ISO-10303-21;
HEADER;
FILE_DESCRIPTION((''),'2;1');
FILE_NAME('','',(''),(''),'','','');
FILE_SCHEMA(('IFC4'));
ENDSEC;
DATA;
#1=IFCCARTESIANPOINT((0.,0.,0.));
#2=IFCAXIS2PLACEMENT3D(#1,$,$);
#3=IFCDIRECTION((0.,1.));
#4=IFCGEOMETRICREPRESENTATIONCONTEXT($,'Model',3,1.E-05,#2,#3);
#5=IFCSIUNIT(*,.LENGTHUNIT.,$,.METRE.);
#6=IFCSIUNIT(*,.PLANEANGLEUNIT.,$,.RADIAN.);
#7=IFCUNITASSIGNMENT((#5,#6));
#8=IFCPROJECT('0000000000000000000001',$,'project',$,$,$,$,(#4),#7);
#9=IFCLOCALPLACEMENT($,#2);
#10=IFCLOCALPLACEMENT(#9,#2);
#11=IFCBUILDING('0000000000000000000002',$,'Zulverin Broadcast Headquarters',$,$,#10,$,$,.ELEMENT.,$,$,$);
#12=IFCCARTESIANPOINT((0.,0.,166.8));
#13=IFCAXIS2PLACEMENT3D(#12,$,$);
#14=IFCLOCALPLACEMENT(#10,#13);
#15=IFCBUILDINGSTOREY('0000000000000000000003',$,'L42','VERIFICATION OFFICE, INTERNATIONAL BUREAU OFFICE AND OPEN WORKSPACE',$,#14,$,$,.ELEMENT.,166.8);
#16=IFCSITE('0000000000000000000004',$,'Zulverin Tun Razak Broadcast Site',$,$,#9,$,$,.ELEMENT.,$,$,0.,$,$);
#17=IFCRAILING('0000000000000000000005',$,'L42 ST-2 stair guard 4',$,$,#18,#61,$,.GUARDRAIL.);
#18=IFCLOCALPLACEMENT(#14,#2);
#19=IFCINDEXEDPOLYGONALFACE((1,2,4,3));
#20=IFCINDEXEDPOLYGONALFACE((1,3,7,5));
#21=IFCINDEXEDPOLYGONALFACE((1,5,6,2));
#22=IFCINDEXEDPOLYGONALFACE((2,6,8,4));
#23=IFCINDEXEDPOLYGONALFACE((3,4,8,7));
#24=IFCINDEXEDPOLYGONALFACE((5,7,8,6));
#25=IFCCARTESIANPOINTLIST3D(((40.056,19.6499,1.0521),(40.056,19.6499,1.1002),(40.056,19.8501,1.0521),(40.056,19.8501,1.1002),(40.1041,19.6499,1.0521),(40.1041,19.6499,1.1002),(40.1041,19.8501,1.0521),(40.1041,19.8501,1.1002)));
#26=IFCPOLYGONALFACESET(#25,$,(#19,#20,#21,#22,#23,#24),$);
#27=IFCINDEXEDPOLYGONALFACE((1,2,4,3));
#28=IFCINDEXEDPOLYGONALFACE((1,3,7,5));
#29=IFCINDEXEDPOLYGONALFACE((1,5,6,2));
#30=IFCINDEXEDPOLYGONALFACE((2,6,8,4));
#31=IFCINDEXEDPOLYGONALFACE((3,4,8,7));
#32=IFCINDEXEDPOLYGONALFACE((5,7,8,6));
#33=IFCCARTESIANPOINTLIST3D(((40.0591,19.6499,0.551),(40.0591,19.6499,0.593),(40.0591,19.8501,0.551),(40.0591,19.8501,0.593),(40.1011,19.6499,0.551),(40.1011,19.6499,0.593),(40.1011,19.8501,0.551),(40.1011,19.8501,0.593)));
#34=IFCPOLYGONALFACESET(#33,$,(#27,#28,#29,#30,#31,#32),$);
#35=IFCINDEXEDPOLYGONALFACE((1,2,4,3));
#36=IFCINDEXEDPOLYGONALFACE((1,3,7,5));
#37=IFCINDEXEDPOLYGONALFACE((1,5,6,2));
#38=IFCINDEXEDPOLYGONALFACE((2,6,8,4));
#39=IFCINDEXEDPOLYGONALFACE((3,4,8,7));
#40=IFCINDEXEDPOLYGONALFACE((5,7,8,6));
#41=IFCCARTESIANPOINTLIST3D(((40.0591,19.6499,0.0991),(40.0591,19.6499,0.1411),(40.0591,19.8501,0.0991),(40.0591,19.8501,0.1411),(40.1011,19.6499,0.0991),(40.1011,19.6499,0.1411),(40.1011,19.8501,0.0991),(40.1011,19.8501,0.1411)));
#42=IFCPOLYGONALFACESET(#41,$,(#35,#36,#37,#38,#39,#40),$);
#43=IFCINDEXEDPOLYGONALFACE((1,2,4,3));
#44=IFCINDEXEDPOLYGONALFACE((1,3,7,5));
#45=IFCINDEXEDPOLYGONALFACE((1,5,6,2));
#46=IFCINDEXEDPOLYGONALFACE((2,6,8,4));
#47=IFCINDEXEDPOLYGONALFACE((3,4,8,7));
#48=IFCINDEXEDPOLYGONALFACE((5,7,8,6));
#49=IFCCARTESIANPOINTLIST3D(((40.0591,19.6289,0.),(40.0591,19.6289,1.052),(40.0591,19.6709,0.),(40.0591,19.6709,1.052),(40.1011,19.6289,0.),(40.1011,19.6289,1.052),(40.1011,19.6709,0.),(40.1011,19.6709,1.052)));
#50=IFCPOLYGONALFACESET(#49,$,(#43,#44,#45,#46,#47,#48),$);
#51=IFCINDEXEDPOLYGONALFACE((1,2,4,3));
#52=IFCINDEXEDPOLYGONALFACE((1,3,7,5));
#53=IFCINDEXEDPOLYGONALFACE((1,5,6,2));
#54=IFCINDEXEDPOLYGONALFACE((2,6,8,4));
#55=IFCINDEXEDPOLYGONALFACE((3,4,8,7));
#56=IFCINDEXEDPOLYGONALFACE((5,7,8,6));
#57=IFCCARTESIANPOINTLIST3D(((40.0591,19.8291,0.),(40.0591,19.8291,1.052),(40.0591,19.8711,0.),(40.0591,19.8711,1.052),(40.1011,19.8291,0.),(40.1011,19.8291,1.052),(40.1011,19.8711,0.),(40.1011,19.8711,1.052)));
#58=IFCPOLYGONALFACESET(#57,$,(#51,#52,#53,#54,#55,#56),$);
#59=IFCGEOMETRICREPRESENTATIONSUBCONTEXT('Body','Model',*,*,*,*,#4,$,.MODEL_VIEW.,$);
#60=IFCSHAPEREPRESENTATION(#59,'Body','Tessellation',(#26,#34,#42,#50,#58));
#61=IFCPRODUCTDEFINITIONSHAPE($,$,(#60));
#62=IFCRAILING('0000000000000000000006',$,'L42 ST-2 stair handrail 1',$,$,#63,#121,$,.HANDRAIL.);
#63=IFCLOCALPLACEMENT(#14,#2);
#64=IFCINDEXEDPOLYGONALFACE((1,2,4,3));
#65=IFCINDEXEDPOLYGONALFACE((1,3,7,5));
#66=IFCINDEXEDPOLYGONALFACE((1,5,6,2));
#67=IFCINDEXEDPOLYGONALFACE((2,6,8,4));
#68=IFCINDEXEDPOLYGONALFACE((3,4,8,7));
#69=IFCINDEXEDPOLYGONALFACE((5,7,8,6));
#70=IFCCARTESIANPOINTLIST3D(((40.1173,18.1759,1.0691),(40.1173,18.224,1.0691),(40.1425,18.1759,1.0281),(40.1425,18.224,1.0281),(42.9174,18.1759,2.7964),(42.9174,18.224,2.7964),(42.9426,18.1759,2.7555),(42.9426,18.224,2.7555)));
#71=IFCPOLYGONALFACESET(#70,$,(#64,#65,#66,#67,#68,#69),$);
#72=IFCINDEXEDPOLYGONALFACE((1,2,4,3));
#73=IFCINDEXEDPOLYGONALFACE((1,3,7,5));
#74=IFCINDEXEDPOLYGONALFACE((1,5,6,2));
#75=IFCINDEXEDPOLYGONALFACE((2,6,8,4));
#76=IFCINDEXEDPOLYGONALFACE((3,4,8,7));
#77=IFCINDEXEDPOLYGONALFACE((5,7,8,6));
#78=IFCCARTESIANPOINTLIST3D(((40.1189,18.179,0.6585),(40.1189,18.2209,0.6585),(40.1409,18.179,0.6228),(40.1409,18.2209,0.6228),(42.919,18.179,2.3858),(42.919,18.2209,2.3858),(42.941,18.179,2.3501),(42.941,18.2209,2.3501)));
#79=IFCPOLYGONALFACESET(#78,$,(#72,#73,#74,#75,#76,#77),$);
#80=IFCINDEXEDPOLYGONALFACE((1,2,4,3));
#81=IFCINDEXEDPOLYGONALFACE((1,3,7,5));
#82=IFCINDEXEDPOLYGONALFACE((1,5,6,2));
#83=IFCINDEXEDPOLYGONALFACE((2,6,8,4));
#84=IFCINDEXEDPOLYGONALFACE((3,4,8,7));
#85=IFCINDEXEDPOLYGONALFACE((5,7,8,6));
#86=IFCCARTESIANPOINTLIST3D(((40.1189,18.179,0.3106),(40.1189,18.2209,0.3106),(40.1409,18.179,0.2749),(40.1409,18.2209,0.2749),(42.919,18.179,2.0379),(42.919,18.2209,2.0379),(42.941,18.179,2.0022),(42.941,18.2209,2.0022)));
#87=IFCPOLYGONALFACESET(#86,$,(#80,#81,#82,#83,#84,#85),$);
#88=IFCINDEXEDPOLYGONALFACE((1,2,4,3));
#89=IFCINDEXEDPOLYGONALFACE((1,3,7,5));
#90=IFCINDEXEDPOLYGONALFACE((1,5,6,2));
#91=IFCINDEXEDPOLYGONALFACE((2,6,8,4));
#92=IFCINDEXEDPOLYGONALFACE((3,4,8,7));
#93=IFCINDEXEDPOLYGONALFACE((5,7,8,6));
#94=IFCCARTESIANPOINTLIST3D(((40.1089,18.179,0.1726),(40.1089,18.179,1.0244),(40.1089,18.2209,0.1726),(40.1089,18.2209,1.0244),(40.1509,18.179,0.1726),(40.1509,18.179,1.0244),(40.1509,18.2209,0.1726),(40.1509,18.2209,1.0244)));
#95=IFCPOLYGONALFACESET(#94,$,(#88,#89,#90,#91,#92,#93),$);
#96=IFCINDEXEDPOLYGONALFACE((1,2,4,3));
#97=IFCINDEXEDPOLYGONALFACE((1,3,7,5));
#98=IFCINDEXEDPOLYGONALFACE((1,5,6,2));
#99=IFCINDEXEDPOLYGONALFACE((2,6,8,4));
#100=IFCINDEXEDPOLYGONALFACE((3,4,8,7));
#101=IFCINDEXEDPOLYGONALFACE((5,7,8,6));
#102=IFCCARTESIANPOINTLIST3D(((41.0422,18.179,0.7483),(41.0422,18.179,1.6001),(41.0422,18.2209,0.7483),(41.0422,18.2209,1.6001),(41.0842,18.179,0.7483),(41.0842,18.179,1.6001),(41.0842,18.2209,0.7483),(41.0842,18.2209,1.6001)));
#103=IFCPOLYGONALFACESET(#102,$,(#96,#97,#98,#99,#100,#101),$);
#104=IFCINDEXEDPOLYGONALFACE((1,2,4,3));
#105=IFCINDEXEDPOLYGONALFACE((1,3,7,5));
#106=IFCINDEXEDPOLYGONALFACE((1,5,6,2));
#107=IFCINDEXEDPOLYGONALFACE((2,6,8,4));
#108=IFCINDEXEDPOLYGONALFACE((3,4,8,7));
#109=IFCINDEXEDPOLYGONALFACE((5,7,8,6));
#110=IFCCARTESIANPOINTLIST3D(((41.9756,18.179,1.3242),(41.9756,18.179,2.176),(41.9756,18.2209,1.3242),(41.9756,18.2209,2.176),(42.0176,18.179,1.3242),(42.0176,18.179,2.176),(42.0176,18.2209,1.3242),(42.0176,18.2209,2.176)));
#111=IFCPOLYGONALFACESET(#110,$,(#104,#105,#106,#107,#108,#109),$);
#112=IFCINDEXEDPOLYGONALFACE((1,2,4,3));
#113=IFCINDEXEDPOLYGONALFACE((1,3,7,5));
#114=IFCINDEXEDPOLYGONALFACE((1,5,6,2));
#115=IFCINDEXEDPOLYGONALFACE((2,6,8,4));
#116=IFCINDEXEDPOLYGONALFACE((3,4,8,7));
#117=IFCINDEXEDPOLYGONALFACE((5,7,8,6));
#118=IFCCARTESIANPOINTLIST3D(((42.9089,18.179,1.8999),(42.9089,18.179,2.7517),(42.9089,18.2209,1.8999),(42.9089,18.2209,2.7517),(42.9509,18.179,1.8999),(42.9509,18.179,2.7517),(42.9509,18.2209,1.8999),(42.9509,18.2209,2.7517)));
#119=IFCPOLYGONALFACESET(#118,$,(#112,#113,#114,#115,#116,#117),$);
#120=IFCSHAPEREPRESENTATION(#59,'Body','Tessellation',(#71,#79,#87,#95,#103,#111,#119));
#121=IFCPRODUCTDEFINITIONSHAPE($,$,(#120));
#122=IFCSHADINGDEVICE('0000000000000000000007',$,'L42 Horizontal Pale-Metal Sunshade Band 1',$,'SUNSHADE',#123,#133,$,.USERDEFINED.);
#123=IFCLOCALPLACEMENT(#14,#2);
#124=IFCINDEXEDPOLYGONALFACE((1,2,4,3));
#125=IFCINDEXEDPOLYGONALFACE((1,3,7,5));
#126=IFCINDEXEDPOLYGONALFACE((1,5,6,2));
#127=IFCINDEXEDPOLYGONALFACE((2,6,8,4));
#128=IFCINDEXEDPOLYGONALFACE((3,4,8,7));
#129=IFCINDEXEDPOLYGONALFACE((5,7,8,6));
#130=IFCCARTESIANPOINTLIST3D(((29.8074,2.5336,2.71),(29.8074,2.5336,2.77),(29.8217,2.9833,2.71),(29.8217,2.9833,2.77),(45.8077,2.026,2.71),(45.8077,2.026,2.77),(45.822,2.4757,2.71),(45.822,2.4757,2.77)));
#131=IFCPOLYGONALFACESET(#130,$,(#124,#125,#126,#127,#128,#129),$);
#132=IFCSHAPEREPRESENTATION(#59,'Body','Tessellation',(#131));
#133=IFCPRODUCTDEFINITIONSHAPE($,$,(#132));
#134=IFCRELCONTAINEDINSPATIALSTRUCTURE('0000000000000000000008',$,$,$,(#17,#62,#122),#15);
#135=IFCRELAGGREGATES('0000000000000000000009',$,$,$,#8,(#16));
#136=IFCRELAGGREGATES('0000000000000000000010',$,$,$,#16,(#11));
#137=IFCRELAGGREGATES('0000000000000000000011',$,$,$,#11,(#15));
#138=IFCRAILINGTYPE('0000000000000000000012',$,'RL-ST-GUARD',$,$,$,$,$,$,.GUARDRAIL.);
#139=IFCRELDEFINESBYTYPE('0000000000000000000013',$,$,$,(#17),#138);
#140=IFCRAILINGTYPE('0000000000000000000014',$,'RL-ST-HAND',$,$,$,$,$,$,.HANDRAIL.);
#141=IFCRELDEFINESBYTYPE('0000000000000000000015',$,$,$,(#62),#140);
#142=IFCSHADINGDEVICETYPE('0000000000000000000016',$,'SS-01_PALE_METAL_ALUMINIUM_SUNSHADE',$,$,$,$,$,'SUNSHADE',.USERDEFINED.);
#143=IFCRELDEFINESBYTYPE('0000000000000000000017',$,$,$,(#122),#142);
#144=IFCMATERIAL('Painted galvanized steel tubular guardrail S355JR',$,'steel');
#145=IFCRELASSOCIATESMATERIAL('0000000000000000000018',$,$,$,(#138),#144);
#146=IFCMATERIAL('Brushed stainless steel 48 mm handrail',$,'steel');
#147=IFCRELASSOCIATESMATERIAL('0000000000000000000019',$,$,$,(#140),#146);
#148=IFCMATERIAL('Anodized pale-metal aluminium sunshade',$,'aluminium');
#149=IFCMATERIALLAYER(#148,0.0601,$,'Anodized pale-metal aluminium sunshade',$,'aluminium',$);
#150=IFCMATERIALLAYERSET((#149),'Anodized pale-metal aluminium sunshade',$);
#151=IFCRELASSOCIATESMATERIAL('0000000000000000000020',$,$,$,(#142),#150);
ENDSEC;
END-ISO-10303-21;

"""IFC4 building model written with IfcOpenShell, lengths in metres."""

from ifc_helpers import new_model, si_unit, direction, frame, origin, origin_2d, place, context, subcontext, project, spatial, rectangle, extrude, material, layer, layer_set, type_object, element, save


model = new_model("IFC4")

# Units and contexts
model_context = context("Model", 3, precision=1e-05, world=origin(), true_north=direction((0.0, 1.0)))
body_context = subcontext(model_context, "Body", "Model", "MODEL_VIEW")
ifc_project = project(units=[si_unit("LENGTHUNIT", "METRE"), si_unit("PLANEANGLEUNIT", "RADIAN")], contexts=[model_context])

# Site, building, storey
site_placement = place(None, origin())
site = spatial("IfcSite", under=ifc_project, at=site_placement, Name="Zulverin Tun Razak Broadcast Site", CompositionType="ELEMENT", RefElevation=0.0)
building_placement = place(site_placement, origin())
building = spatial("IfcBuilding", under=site, at=building_placement, Name="Zulverin Broadcast Headquarters", CompositionType="ELEMENT")
storey_placement = place(building_placement, frame((0.0, 0.0, 166.8)))
storey = spatial("IfcBuildingStorey", under=building, at=storey_placement, Name="L42", Description="VERIFICATION OFFICE, INTERNATIONAL BUREAU OFFICE AND OPEN WORKSPACE", CompositionType="ELEMENT", Elevation=166.8)

# Railings
ifc_material_1 = material(Name="Painted galvanized steel tubular guardrail S355JR", Category="steel")
railing_type_1 = type_object("IfcRailingType", Name="RL-ST-GUARD", PredefinedType="GUARDRAIL", material=ifc_material_1)
railing_1_placement = place(storey_placement, frame((40.0801, 19.6499, 0.0)))
element("IfcRailing", 1, at=railing_1_placement, inside=storey, type_object=railing_type_1, Name="L42 ST-2 stair guard 4", PredefinedType="GUARDRAIL", context=body_context, shape_type="SweptSolid", body=[
    extrude(rectangle(XDim=0.0481, YDim=0.0481, at=origin_2d()), frame((0.0, 0.0, 1.0762), z_axis=(0.0, 1.0, 0.0), x_axis=(-1.0, 0.0, 0.0)), (0.0, 0.0, 1.0), 0.2002),
    extrude(rectangle(XDim=0.042, YDim=0.042, at=origin_2d()), frame((0.0, 0.0, 0.572), z_axis=(0.0, 1.0, 0.0), x_axis=(-1.0, 0.0, 0.0)), (0.0, 0.0, 1.0), 0.2002),
    extrude(rectangle(XDim=0.042, YDim=0.042, at=origin_2d()), frame((0.0, 0.0, 0.1201), z_axis=(0.0, 1.0, 0.0), x_axis=(-1.0, 0.0, 0.0)), (0.0, 0.0, 1.0), 0.2002),
    extrude(rectangle(XDim=0.042, YDim=0.042, at=origin_2d()), origin(), (0.0, 0.0, 1.0), 1.052),
    extrude(rectangle(XDim=0.042, YDim=0.042, at=origin_2d()), frame((0.0, 0.2002, 0.0)), (0.0, 0.0, 1.0), 1.052),
])
ifc_material_2 = material(Name="Brushed stainless steel 48 mm handrail", Category="steel")
railing_type_2 = type_object("IfcRailingType", Name="RL-ST-HAND", PredefinedType="HANDRAIL", material=ifc_material_2)
railing_2_placement = place(storey_placement, frame((40.1299, 18.2, 0.1726)))
element("IfcRailing", 2, at=railing_2_placement, inside=storey, type_object=railing_type_2, Name="L42 ST-2 stair handrail 1", PredefinedType="HANDRAIL", context=body_context, shape_type="SweptSolid", body=[
    extrude(rectangle(XDim=0.0481, YDim=0.0481, at=origin_2d()), frame((0.0, 0.0, 0.876), z_axis=(0.85109, 0.0, 0.52502), x_axis=(0.0, 1.0, 0.0)), (0.0, 0.0, 1.0), 3.29),
    extrude(rectangle(XDim=0.042, YDim=0.042, at=origin_2d()), frame((0.0, 0.0, 0.468), z_axis=(0.85109, 0.0, 0.52502), x_axis=(0.0, 1.0, 0.0)), (0.0, 0.0, 1.0), 3.29),
    extrude(rectangle(XDim=0.042, YDim=0.042, at=origin_2d()), frame((0.0, 0.0, 0.1201), z_axis=(0.85109, 0.0, 0.52502), x_axis=(0.0, 1.0, 0.0)), (0.0, 0.0, 1.0), 3.29),
    extrude(rectangle(XDim=0.042, YDim=0.042, at=origin_2d()), origin(), (0.0, 0.0, 1.0), 0.8518),
    extrude(rectangle(XDim=0.042, YDim=0.042, at=origin_2d()), frame((0.9333, 0.0, 0.5757)), (0.0, 0.0, 1.0), 0.8518),
    extrude(rectangle(XDim=0.042, YDim=0.042, at=origin_2d()), frame((1.8667, 0.0, 1.1516)), (0.0, 0.0, 1.0), 0.8518),
    extrude(rectangle(XDim=0.042, YDim=0.042, at=origin_2d()), frame((2.8, 0.0, 1.7273)), (0.0, 0.0, 1.0), 0.8518),
])

# Shading device
ifc_material_3 = material(Name="Anodized pale-metal aluminium sunshade", Category="aluminium")
ifc_layer_1 = layer(ifc_material_3, 0.0601, Name="Anodized pale-metal aluminium sunshade", Category="aluminium")
ifc_layer_set_1 = layer_set([ifc_layer_1], Name="Anodized pale-metal aluminium sunshade")
shading_device_type = type_object("IfcShadingDeviceType", Name="SS-01_PALE_METAL_ALUMINIUM_SUNSHADE", ElementType="SUNSHADE", PredefinedType="USERDEFINED", material=ifc_layer_set_1)
shading_device_placement = place(storey_placement, frame((37.8147, 2.5046, 2.71), z_axis=(0.0, 0.0, 1.0), x_axis=(0.999497, -0.031709, 0.0)))
element("IfcShadingDevice", 3, at=shading_device_placement, inside=storey, type_object=shading_device_type, Name="L42 Horizontal Pale-Metal Sunshade Band 1", ObjectType="SUNSHADE", PredefinedType="USERDEFINED", context=body_context, shape_type="SweptSolid", body=[
    extrude(rectangle(XDim=16.0083, YDim=0.45, at=origin_2d()), origin(), (0.0, 0.0, 1.0), 0.0601),
])

save(model, "model.ifc")
